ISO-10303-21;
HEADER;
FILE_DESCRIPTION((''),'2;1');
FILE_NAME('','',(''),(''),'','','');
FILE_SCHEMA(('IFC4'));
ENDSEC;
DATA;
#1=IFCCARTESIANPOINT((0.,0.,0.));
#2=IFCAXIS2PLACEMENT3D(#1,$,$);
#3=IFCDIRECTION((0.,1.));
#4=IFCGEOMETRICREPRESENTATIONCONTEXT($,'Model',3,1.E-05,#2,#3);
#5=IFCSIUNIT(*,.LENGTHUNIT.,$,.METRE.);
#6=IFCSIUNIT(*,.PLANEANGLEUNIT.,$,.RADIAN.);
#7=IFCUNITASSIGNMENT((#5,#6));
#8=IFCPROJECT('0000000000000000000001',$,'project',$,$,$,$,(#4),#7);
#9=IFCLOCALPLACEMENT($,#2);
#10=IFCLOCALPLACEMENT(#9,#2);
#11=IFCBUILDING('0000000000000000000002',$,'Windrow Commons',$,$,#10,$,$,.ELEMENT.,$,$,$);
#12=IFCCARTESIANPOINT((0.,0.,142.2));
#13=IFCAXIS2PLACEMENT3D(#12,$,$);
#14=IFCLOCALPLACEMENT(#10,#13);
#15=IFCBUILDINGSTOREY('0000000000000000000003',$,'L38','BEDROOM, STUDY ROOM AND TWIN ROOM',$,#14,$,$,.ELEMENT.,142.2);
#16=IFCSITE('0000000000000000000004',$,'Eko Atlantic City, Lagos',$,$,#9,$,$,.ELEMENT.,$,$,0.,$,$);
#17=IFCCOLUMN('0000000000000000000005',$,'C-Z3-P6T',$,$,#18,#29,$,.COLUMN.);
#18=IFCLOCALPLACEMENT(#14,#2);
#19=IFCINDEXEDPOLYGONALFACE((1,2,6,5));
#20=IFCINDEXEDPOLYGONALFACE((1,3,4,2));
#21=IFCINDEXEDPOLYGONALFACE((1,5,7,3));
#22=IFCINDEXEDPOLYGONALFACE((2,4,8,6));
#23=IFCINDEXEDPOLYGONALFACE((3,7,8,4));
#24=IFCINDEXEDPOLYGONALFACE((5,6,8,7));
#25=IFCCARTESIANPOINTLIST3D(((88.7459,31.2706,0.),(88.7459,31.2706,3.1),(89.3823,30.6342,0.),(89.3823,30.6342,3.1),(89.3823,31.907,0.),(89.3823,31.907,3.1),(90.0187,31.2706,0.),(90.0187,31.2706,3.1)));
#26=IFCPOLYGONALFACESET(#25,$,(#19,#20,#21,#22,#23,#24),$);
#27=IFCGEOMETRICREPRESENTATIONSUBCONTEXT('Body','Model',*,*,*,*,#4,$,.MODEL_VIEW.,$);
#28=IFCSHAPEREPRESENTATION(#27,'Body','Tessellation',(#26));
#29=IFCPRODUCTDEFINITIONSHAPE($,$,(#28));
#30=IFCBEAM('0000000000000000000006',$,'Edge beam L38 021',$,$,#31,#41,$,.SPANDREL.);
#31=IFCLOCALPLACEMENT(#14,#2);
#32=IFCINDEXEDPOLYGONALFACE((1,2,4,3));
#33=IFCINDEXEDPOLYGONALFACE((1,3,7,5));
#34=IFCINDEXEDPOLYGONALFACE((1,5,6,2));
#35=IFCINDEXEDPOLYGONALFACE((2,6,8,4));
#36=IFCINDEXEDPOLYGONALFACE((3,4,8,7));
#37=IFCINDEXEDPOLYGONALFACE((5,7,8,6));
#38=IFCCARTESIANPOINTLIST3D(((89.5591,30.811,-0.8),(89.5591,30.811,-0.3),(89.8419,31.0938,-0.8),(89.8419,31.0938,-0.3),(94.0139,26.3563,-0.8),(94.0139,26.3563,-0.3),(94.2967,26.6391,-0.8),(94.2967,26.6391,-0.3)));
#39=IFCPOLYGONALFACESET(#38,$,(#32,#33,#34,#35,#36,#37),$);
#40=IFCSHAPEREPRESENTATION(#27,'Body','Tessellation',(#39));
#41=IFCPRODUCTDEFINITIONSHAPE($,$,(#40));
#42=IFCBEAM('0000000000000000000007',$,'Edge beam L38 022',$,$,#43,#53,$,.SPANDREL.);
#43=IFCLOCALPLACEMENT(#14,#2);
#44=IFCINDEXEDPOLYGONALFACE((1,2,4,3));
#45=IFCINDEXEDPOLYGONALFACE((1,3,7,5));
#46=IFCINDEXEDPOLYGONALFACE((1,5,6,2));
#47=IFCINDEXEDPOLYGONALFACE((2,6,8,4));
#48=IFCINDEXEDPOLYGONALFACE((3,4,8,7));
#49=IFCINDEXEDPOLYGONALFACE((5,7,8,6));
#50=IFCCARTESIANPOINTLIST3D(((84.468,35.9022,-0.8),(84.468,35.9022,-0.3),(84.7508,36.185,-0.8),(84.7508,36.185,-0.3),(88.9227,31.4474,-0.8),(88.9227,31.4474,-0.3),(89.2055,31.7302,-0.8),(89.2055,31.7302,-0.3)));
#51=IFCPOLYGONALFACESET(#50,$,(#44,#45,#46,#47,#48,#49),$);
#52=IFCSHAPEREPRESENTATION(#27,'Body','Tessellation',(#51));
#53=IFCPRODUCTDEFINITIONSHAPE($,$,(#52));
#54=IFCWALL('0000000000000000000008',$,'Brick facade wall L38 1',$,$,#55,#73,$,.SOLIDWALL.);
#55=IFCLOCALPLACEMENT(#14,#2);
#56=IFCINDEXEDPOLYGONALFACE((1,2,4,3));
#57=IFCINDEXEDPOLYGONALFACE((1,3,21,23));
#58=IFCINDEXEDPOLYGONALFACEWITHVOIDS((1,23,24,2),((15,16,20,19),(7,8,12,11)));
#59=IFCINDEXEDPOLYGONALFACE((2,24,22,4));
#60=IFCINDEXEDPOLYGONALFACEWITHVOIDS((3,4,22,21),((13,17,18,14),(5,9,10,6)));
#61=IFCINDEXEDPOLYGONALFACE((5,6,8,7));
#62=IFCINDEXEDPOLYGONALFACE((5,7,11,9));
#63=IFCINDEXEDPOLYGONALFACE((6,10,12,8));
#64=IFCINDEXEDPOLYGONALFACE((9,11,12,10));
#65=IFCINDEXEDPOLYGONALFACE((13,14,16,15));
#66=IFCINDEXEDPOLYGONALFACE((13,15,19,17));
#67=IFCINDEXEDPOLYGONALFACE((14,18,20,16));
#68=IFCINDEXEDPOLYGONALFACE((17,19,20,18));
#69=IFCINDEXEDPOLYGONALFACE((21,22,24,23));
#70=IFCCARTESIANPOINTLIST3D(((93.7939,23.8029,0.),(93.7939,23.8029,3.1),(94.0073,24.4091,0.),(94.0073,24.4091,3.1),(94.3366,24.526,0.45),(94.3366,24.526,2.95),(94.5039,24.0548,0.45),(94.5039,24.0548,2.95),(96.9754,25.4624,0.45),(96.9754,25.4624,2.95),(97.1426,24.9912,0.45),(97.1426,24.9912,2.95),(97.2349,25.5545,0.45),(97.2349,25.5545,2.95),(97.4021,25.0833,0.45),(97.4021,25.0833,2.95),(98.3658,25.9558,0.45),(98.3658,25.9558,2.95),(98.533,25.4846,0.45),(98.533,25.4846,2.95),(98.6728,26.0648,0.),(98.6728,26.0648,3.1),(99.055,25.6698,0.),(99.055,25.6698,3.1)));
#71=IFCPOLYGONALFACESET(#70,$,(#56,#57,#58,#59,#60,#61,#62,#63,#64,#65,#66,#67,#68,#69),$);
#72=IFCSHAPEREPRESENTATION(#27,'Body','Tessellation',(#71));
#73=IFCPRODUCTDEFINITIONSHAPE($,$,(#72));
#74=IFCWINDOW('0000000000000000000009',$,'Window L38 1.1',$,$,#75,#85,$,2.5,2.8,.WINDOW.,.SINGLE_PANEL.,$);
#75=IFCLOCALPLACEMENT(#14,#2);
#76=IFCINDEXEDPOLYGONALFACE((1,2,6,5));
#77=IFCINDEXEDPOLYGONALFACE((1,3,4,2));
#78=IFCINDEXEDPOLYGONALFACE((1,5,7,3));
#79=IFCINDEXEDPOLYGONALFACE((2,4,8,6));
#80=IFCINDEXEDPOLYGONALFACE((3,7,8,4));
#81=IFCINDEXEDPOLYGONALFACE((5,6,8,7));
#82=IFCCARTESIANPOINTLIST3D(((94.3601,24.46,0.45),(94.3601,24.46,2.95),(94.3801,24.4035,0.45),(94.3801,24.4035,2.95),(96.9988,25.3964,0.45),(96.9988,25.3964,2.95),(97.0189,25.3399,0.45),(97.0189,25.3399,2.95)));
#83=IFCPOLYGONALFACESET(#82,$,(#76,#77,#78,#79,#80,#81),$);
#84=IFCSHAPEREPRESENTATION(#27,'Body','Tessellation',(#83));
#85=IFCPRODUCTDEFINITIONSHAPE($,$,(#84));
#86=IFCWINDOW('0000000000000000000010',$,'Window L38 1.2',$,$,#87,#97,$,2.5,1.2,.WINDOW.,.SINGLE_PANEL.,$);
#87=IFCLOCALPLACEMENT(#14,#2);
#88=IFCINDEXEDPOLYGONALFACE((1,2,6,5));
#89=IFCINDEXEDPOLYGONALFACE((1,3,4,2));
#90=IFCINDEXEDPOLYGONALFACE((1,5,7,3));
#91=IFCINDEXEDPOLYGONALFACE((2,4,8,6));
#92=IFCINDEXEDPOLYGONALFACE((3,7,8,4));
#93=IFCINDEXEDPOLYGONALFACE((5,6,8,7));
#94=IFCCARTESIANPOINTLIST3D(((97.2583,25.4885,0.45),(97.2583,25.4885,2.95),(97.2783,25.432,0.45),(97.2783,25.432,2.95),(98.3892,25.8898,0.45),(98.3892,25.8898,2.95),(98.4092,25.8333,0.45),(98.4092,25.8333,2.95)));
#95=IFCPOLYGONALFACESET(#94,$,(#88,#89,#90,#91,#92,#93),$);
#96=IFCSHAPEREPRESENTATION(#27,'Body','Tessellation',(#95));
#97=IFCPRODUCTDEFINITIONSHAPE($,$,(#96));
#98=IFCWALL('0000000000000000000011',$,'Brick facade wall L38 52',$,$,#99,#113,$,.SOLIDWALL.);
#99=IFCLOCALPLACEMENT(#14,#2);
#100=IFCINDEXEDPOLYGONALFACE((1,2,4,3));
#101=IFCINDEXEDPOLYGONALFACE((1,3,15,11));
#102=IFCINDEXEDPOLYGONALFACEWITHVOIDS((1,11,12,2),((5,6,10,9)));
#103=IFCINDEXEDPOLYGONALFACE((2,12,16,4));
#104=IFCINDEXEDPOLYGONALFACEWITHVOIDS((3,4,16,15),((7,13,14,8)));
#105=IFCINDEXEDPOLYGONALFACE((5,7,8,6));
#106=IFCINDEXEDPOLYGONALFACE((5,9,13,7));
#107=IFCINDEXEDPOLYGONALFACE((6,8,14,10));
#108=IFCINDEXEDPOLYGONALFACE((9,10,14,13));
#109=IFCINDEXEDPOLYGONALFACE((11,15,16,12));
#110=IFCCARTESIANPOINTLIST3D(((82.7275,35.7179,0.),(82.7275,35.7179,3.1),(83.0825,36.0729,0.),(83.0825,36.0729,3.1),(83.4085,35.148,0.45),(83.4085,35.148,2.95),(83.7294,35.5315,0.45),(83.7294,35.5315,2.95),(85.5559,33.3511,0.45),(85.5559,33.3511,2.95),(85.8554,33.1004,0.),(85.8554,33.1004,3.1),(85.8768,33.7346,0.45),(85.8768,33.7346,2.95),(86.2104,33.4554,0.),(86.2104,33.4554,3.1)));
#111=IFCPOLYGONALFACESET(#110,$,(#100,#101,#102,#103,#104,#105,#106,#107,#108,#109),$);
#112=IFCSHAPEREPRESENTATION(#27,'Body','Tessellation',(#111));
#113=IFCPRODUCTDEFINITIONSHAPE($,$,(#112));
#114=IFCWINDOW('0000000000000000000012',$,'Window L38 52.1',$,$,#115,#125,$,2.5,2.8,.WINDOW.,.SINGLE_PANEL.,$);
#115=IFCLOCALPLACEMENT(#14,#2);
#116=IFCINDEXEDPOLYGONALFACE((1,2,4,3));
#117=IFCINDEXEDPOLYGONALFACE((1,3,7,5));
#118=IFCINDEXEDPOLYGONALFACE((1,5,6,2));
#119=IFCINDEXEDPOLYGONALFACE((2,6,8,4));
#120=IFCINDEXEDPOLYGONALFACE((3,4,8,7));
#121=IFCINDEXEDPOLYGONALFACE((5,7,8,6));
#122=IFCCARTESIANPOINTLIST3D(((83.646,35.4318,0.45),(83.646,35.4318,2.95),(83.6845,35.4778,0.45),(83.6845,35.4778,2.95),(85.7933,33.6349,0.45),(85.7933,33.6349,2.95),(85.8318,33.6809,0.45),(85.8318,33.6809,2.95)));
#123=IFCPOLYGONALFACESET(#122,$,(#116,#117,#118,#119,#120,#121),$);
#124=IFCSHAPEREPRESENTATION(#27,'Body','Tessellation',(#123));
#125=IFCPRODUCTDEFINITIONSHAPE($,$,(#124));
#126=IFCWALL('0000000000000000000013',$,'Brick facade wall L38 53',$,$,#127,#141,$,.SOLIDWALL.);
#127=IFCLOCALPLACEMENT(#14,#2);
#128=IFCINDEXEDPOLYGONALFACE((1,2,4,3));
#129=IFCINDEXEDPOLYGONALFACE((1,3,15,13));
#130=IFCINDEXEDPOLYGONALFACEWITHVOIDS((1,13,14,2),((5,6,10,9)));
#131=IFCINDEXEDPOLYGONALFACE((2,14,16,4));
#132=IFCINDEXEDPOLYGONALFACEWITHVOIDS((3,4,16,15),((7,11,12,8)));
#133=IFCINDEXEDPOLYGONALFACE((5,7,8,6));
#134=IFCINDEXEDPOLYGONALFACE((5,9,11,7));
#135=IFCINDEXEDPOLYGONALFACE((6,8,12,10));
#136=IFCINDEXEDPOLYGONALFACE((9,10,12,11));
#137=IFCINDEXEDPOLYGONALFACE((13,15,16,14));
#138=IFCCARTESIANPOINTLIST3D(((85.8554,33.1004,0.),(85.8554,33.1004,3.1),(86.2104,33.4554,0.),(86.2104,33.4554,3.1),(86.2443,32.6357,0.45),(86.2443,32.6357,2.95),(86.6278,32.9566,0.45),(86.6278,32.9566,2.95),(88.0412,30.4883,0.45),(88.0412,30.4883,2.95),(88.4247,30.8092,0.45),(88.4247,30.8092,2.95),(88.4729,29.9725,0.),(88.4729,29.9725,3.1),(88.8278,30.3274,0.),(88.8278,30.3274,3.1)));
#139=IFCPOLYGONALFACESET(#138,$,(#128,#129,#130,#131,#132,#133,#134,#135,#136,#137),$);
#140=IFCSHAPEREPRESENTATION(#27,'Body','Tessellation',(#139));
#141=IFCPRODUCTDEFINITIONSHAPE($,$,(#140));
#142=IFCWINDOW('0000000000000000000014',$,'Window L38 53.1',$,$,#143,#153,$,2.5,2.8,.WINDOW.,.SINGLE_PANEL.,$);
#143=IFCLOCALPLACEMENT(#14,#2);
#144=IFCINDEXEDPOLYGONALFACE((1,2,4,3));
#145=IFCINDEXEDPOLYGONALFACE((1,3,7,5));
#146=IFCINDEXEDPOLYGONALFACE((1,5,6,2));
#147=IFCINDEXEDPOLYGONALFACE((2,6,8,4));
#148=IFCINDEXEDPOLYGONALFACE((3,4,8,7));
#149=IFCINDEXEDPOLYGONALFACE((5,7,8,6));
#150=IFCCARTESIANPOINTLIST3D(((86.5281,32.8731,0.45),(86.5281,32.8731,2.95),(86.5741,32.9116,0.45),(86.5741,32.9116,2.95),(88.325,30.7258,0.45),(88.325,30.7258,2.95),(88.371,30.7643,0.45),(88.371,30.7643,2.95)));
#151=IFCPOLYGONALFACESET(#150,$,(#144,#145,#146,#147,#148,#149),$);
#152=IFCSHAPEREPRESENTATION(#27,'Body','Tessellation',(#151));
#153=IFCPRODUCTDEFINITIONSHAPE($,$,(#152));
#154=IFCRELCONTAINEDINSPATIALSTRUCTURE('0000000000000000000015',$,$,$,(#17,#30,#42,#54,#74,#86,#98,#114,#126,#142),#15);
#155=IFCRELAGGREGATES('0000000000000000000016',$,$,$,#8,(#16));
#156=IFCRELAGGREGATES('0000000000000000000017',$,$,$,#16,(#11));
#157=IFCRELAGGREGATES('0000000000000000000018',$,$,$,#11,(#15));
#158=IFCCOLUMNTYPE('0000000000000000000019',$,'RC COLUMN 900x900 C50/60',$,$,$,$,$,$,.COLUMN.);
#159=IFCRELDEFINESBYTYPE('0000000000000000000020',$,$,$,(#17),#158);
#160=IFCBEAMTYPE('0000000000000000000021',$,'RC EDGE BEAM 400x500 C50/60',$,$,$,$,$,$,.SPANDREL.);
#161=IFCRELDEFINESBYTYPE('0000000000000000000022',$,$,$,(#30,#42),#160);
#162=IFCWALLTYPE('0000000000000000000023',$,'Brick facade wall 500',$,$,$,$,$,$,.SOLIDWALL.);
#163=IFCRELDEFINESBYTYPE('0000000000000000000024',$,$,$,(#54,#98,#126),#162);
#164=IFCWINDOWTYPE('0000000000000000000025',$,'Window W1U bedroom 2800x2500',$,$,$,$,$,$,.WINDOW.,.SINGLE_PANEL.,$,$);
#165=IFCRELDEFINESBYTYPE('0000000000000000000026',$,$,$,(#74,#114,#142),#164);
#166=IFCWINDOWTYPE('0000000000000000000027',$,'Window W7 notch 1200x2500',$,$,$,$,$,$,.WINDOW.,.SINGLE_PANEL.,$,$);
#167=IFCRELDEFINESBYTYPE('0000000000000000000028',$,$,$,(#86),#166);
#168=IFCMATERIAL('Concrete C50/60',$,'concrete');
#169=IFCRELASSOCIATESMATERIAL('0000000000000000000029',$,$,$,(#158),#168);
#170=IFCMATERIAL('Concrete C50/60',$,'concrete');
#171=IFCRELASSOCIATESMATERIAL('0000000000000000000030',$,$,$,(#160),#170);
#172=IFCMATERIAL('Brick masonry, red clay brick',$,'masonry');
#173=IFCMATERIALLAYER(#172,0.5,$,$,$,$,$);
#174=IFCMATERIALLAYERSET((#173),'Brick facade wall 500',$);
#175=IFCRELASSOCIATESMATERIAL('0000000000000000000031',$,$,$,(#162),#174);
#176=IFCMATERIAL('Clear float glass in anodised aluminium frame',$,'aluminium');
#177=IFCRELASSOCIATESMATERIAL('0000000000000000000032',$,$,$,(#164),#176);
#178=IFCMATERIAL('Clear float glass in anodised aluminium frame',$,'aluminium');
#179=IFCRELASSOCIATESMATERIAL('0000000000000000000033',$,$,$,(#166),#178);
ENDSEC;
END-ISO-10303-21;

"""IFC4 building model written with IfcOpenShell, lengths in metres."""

from ifc_helpers import new_model, si_unit, direction, frame, frame_2d, origin, origin_2d, place, context, subcontext, project, spatial, polyline, rectangle, outline, extrude, material, layer, layer_set, material_profile, profile_set, type_object, element, fill, save


model = new_model("IFC4")

# Units and contexts
model_context = context("Model", 3, precision=1e-05, world=origin(), true_north=direction((0.0, 1.0)))
body_context = subcontext(model_context, "Body", "Model", "MODEL_VIEW")
ifc_project = project(units=[si_unit("LENGTHUNIT", "METRE"), si_unit("PLANEANGLEUNIT", "RADIAN")], contexts=[model_context])

# Site, building, storey
site_placement = place(None, origin())
site = spatial("IfcSite", under=ifc_project, at=site_placement, Name="Eko Atlantic City, Lagos", CompositionType="ELEMENT", RefElevation=0.0)
building_placement = place(site_placement, origin())
building = spatial("IfcBuilding", under=site, at=building_placement, Name="Windrow Commons", CompositionType="ELEMENT")
storey_placement = place(building_placement, frame((0.0, 0.0, 142.2)))
storey = spatial("IfcBuildingStorey", under=building, at=storey_placement, Name="L38", Description="BEDROOM, STUDY ROOM AND TWIN ROOM", CompositionType="ELEMENT", Elevation=142.2)

# Column
ifc_material_1 = material(Name="Concrete C50/60", Category="concrete")
ifc_material_profile_1 = material_profile(ifc_material_1, rectangle(XDim=0.9, YDim=0.9, at=origin_2d()))
ifc_profile_set_1 = profile_set([ifc_material_profile_1], Name="Concrete C50/60")
column_type = type_object("IfcColumnType", Name="RC COLUMN 900x900 C50/60", PredefinedType="COLUMN", material=ifc_profile_set_1)
column_placement = place(storey_placement, frame((89.3823, 31.2706, 0.0), z_axis=(0.0, 0.0, 1.0), x_axis=(0.707107, -0.707107, 0.0)))
element("IfcColumn", 1, at=column_placement, inside=storey, type_object=column_type, Name="C-Z3-P6T", PredefinedType="COLUMN", context=body_context, shape_type="SweptSolid", body=[
    extrude(rectangle(XDim=0.9, YDim=0.9, at=origin_2d()), origin(), (0.0, 0.0, 1.0), 3.1),
])

# Beams
ifc_material_2 = material(Name="Concrete C50/60", Category="concrete")
ifc_material_profile_2 = material_profile(ifc_material_2, rectangle(XDim=0.4, YDim=0.5, at=origin_2d()))
ifc_profile_set_2 = profile_set([ifc_material_profile_2], Name="Concrete C50/60")
beam_type = type_object("IfcBeamType", Name="RC EDGE BEAM 400x500 C50/60", PredefinedType="SPANDREL", material=ifc_profile_set_2)
for number, where, z_axis, x_axis, name in (
    (2, (94.1553, 26.4977, -0.55), (-0.707115, 0.707099, 0.0), (-0.707099, -0.707115, 0.0), "Edge beam L38 021"),
    (3, (89.0641, 31.5888, -0.55), (-0.707099, 0.707115, 0.0), (-0.707115, -0.707099, 0.0), "Edge beam L38 022"),
):
    element("IfcBeam", number, at=place(storey_placement, frame(where, z_axis=z_axis, x_axis=x_axis)), inside=storey, type_object=beam_type, Name=name, PredefinedType="SPANDREL", context=body_context, shape_type="SweptSolid", body=[
        extrude(rectangle(XDim=0.4, YDim=0.5, at=origin_2d()), origin(), (0.0, 0.0, 1.0), 6.3),
    ])

# Wall, openings, windows
ifc_material_3 = material(Name="Brick masonry, red clay brick", Category="masonry")
ifc_layer_1 = layer(ifc_material_3, 0.5)
ifc_layer_set_1 = layer_set([ifc_layer_1], Name="Brick facade wall 500")
wall_type_1 = type_object("IfcWallType", Name="Brick facade wall 500", PredefinedType="SOLIDWALL", material=ifc_layer_set_1)
wall_1_placement = place(storey_placement, frame((93.9006, 24.106, 0.0), z_axis=(0.0, 0.0, 1.0), x_axis=(0.94242, 0.334432, 0.0)))
wall_1 = element("IfcWall", 4, at=wall_1_placement, inside=storey, type_object=wall_type_1, Name="Brick facade wall L38 1", PredefinedType="SOLIDWALL", context=body_context, shape_type="SweptSolid", body=[
    extrude(outline(polyline([(-0.2019, -0.25), (5.3806, -0.25), (5.1525, 0.25), (0.2019, 0.25), (-0.2019, -0.25)])), origin(), (0.0, 0.0, 1.0), 3.1),
])
opening_1_placement = place(wall_1_placement, frame((0.5514, 0.0, 0.45)))
opening_1 = element("IfcOpeningElement", 5, at=opening_1_placement, cuts=wall_1, PredefinedType="OPENING", context=body_context, shape_type="SweptSolid", body=[
    extrude(rectangle(XDim=2.8, YDim=2.5, at=frame_2d((1.4, 1.25))), frame((0.0, 0.26, 0.0), z_axis=(0.0, -1.0, 0.0), x_axis=(1.0, 0.0, 0.0)), (0.0, 0.0, 1.0), 0.52),
])
opening_2_placement = place(wall_1_placement, frame((3.6267, 0.0, 0.45)))
opening_2 = element("IfcOpeningElement", 6, at=opening_2_placement, cuts=wall_1, PredefinedType="OPENING", context=body_context, shape_type="SweptSolid", body=[
    extrude(rectangle(XDim=1.2, YDim=2.5, at=frame_2d((0.6, 1.25))), frame((0.0, 0.26, 0.0), z_axis=(0.0, -1.0, 0.0), x_axis=(1.0, 0.0, 0.0)), (0.0, 0.0, 1.0), 0.52),
])
ifc_material_4 = material(Name="Clear float glass in anodised aluminium frame", Category="aluminium")
window_type_1 = type_object("IfcWindowType", Name="Window W1U bedroom 2800x2500", PartitioningType="SINGLE_PANEL", PredefinedType="WINDOW", material=ifc_material_4)
window_1_placement = place(opening_1_placement, origin())
window_1 = element("IfcWindow", 7, at=window_1_placement, inside=storey, type_object=window_type_1, Name="Window L38 1.1", OverallHeight=2.5, OverallWidth=2.8, PartitioningType="SINGLE_PANEL", PredefinedType="WINDOW", context=body_context, shape_type="SweptSolid", body=[
    extrude(rectangle(XDim=2.8, YDim=2.5, at=frame_2d((1.4, 1.25))), frame((0.0, 0.18, 0.0), z_axis=(0.0, -1.0, 0.0), x_axis=(1.0, 0.0, 0.0)), (0.0, 0.0, 1.0), 0.06),
])
fill(opening_1, window_1)
ifc_material_5 = material(Name="Clear float glass in anodised aluminium frame", Category="aluminium")
window_type_2 = type_object("IfcWindowType", Name="Window W7 notch 1200x2500", PartitioningType="SINGLE_PANEL", PredefinedType="WINDOW", material=ifc_material_5)
window_2_placement = place(opening_2_placement, origin())
window_2 = element("IfcWindow", 8, at=window_2_placement, inside=storey, type_object=window_type_2, Name="Window L38 1.2", OverallHeight=2.5, OverallWidth=1.2, PartitioningType="SINGLE_PANEL", PredefinedType="WINDOW", context=body_context, shape_type="SweptSolid", body=[
    extrude(rectangle(XDim=1.2, YDim=2.5, at=frame_2d((0.6, 1.25))), frame((0.0, 0.18, 0.0), z_axis=(0.0, -1.0, 0.0), x_axis=(1.0, 0.0, 0.0)), (0.0, 0.0, 1.0), 0.06),
])
fill(opening_2, window_2)

# Walls, openings, windows
wall_2_placement = place(storey_placement, frame((82.905, 35.8954, 0.0), z_axis=(0.0, 0.0, 1.0), x_axis=(0.766903, -0.641763, 0.0)))
wall_2 = element("IfcWall", 9, at=wall_2_placement, inside=storey, type_object=wall_type_1, Name="Brick facade wall L38 52", PredefinedType="SOLIDWALL", context=body_context, shape_type="SweptSolid", body=[
    extrude(outline(polyline([(-0.0222, -0.25), (4.0564, -0.25), (4.1008, 0.25), (0.0222, 0.25), (-0.0222, -0.25)])), origin(), (0.0, 0.0, 1.0), 3.1),
])
opening_3_placement = place(wall_2_placement, frame((0.8658, 0.0, 0.45)))
opening_3 = element("IfcOpeningElement", 10, at=opening_3_placement, cuts=wall_2, PredefinedType="OPENING", context=body_context, shape_type="SweptSolid", body=[
    extrude(rectangle(XDim=2.8, YDim=2.5, at=frame_2d((1.4, 1.25))), frame((0.0, 0.26, 0.0), z_axis=(0.0, -1.0, 0.0), x_axis=(1.0, 0.0, 0.0)), (0.0, 0.0, 1.0), 0.52),
])
window_3_placement = place(opening_3_placement, origin())
window_3 = element("IfcWindow", 11, at=window_3_placement, inside=storey, type_object=window_type_1, Name="Window L38 52.1", OverallHeight=2.5, OverallWidth=2.8, PartitioningType="SINGLE_PANEL", PredefinedType="WINDOW", context=body_context, shape_type="SweptSolid", body=[
    extrude(rectangle(XDim=2.8, YDim=2.5, at=frame_2d((1.4, 1.25))), frame((0.0, 0.18, 0.0), z_axis=(0.0, -1.0, 0.0), x_axis=(1.0, 0.0, 0.0)), (0.0, 0.0, 1.0), 0.06),
])
fill(opening_3, window_3)
wall_3_placement = place(storey_placement, frame((86.0329, 33.2779, 0.0), z_axis=(0.0, 0.0, 1.0), x_axis=(0.641748, -0.766915, 0.0)))
wall_3 = element("IfcWall", 12, at=wall_3_placement, inside=storey, type_object=wall_type_1, Name="Brick facade wall L38 53", PredefinedType="SOLIDWALL", context=body_context, shape_type="SweptSolid", body=[
    extrude(outline(polyline([(0.0222, -0.25), (4.1008, -0.25), (4.0564, 0.25), (-0.0222, 0.25), (0.0222, -0.25)])), origin(), (0.0, 0.0, 1.0), 3.1),
])
opening_4_placement = place(wall_3_placement, frame((0.6282, 0.0, 0.45)))
opening_4 = element("IfcOpeningElement", 13, at=opening_4_placement, cuts=wall_3, PredefinedType="OPENING", context=body_context, shape_type="SweptSolid", body=[
    extrude(rectangle(XDim=2.8, YDim=2.5, at=frame_2d((1.4, 1.25))), frame((0.0, 0.26, 0.0), z_axis=(0.0, -1.0, 0.0), x_axis=(1.0, 0.0, 0.0)), (0.0, 0.0, 1.0), 0.52),
])
window_4_placement = place(opening_4_placement, origin())
window_4 = element("IfcWindow", 14, at=window_4_placement, inside=storey, type_object=window_type_1, Name="Window L38 53.1", OverallHeight=2.5, OverallWidth=2.8, PartitioningType="SINGLE_PANEL", PredefinedType="WINDOW", context=body_context, shape_type="SweptSolid", body=[
    extrude(rectangle(XDim=2.8, YDim=2.5, at=frame_2d((1.4, 1.25))), frame((0.0, 0.18, 0.0), z_axis=(0.0, -1.0, 0.0), x_axis=(1.0, 0.0, 0.0)), (0.0, 0.0, 1.0), 0.06),
])
fill(opening_4, window_4)

save(model, "model.ifc")
